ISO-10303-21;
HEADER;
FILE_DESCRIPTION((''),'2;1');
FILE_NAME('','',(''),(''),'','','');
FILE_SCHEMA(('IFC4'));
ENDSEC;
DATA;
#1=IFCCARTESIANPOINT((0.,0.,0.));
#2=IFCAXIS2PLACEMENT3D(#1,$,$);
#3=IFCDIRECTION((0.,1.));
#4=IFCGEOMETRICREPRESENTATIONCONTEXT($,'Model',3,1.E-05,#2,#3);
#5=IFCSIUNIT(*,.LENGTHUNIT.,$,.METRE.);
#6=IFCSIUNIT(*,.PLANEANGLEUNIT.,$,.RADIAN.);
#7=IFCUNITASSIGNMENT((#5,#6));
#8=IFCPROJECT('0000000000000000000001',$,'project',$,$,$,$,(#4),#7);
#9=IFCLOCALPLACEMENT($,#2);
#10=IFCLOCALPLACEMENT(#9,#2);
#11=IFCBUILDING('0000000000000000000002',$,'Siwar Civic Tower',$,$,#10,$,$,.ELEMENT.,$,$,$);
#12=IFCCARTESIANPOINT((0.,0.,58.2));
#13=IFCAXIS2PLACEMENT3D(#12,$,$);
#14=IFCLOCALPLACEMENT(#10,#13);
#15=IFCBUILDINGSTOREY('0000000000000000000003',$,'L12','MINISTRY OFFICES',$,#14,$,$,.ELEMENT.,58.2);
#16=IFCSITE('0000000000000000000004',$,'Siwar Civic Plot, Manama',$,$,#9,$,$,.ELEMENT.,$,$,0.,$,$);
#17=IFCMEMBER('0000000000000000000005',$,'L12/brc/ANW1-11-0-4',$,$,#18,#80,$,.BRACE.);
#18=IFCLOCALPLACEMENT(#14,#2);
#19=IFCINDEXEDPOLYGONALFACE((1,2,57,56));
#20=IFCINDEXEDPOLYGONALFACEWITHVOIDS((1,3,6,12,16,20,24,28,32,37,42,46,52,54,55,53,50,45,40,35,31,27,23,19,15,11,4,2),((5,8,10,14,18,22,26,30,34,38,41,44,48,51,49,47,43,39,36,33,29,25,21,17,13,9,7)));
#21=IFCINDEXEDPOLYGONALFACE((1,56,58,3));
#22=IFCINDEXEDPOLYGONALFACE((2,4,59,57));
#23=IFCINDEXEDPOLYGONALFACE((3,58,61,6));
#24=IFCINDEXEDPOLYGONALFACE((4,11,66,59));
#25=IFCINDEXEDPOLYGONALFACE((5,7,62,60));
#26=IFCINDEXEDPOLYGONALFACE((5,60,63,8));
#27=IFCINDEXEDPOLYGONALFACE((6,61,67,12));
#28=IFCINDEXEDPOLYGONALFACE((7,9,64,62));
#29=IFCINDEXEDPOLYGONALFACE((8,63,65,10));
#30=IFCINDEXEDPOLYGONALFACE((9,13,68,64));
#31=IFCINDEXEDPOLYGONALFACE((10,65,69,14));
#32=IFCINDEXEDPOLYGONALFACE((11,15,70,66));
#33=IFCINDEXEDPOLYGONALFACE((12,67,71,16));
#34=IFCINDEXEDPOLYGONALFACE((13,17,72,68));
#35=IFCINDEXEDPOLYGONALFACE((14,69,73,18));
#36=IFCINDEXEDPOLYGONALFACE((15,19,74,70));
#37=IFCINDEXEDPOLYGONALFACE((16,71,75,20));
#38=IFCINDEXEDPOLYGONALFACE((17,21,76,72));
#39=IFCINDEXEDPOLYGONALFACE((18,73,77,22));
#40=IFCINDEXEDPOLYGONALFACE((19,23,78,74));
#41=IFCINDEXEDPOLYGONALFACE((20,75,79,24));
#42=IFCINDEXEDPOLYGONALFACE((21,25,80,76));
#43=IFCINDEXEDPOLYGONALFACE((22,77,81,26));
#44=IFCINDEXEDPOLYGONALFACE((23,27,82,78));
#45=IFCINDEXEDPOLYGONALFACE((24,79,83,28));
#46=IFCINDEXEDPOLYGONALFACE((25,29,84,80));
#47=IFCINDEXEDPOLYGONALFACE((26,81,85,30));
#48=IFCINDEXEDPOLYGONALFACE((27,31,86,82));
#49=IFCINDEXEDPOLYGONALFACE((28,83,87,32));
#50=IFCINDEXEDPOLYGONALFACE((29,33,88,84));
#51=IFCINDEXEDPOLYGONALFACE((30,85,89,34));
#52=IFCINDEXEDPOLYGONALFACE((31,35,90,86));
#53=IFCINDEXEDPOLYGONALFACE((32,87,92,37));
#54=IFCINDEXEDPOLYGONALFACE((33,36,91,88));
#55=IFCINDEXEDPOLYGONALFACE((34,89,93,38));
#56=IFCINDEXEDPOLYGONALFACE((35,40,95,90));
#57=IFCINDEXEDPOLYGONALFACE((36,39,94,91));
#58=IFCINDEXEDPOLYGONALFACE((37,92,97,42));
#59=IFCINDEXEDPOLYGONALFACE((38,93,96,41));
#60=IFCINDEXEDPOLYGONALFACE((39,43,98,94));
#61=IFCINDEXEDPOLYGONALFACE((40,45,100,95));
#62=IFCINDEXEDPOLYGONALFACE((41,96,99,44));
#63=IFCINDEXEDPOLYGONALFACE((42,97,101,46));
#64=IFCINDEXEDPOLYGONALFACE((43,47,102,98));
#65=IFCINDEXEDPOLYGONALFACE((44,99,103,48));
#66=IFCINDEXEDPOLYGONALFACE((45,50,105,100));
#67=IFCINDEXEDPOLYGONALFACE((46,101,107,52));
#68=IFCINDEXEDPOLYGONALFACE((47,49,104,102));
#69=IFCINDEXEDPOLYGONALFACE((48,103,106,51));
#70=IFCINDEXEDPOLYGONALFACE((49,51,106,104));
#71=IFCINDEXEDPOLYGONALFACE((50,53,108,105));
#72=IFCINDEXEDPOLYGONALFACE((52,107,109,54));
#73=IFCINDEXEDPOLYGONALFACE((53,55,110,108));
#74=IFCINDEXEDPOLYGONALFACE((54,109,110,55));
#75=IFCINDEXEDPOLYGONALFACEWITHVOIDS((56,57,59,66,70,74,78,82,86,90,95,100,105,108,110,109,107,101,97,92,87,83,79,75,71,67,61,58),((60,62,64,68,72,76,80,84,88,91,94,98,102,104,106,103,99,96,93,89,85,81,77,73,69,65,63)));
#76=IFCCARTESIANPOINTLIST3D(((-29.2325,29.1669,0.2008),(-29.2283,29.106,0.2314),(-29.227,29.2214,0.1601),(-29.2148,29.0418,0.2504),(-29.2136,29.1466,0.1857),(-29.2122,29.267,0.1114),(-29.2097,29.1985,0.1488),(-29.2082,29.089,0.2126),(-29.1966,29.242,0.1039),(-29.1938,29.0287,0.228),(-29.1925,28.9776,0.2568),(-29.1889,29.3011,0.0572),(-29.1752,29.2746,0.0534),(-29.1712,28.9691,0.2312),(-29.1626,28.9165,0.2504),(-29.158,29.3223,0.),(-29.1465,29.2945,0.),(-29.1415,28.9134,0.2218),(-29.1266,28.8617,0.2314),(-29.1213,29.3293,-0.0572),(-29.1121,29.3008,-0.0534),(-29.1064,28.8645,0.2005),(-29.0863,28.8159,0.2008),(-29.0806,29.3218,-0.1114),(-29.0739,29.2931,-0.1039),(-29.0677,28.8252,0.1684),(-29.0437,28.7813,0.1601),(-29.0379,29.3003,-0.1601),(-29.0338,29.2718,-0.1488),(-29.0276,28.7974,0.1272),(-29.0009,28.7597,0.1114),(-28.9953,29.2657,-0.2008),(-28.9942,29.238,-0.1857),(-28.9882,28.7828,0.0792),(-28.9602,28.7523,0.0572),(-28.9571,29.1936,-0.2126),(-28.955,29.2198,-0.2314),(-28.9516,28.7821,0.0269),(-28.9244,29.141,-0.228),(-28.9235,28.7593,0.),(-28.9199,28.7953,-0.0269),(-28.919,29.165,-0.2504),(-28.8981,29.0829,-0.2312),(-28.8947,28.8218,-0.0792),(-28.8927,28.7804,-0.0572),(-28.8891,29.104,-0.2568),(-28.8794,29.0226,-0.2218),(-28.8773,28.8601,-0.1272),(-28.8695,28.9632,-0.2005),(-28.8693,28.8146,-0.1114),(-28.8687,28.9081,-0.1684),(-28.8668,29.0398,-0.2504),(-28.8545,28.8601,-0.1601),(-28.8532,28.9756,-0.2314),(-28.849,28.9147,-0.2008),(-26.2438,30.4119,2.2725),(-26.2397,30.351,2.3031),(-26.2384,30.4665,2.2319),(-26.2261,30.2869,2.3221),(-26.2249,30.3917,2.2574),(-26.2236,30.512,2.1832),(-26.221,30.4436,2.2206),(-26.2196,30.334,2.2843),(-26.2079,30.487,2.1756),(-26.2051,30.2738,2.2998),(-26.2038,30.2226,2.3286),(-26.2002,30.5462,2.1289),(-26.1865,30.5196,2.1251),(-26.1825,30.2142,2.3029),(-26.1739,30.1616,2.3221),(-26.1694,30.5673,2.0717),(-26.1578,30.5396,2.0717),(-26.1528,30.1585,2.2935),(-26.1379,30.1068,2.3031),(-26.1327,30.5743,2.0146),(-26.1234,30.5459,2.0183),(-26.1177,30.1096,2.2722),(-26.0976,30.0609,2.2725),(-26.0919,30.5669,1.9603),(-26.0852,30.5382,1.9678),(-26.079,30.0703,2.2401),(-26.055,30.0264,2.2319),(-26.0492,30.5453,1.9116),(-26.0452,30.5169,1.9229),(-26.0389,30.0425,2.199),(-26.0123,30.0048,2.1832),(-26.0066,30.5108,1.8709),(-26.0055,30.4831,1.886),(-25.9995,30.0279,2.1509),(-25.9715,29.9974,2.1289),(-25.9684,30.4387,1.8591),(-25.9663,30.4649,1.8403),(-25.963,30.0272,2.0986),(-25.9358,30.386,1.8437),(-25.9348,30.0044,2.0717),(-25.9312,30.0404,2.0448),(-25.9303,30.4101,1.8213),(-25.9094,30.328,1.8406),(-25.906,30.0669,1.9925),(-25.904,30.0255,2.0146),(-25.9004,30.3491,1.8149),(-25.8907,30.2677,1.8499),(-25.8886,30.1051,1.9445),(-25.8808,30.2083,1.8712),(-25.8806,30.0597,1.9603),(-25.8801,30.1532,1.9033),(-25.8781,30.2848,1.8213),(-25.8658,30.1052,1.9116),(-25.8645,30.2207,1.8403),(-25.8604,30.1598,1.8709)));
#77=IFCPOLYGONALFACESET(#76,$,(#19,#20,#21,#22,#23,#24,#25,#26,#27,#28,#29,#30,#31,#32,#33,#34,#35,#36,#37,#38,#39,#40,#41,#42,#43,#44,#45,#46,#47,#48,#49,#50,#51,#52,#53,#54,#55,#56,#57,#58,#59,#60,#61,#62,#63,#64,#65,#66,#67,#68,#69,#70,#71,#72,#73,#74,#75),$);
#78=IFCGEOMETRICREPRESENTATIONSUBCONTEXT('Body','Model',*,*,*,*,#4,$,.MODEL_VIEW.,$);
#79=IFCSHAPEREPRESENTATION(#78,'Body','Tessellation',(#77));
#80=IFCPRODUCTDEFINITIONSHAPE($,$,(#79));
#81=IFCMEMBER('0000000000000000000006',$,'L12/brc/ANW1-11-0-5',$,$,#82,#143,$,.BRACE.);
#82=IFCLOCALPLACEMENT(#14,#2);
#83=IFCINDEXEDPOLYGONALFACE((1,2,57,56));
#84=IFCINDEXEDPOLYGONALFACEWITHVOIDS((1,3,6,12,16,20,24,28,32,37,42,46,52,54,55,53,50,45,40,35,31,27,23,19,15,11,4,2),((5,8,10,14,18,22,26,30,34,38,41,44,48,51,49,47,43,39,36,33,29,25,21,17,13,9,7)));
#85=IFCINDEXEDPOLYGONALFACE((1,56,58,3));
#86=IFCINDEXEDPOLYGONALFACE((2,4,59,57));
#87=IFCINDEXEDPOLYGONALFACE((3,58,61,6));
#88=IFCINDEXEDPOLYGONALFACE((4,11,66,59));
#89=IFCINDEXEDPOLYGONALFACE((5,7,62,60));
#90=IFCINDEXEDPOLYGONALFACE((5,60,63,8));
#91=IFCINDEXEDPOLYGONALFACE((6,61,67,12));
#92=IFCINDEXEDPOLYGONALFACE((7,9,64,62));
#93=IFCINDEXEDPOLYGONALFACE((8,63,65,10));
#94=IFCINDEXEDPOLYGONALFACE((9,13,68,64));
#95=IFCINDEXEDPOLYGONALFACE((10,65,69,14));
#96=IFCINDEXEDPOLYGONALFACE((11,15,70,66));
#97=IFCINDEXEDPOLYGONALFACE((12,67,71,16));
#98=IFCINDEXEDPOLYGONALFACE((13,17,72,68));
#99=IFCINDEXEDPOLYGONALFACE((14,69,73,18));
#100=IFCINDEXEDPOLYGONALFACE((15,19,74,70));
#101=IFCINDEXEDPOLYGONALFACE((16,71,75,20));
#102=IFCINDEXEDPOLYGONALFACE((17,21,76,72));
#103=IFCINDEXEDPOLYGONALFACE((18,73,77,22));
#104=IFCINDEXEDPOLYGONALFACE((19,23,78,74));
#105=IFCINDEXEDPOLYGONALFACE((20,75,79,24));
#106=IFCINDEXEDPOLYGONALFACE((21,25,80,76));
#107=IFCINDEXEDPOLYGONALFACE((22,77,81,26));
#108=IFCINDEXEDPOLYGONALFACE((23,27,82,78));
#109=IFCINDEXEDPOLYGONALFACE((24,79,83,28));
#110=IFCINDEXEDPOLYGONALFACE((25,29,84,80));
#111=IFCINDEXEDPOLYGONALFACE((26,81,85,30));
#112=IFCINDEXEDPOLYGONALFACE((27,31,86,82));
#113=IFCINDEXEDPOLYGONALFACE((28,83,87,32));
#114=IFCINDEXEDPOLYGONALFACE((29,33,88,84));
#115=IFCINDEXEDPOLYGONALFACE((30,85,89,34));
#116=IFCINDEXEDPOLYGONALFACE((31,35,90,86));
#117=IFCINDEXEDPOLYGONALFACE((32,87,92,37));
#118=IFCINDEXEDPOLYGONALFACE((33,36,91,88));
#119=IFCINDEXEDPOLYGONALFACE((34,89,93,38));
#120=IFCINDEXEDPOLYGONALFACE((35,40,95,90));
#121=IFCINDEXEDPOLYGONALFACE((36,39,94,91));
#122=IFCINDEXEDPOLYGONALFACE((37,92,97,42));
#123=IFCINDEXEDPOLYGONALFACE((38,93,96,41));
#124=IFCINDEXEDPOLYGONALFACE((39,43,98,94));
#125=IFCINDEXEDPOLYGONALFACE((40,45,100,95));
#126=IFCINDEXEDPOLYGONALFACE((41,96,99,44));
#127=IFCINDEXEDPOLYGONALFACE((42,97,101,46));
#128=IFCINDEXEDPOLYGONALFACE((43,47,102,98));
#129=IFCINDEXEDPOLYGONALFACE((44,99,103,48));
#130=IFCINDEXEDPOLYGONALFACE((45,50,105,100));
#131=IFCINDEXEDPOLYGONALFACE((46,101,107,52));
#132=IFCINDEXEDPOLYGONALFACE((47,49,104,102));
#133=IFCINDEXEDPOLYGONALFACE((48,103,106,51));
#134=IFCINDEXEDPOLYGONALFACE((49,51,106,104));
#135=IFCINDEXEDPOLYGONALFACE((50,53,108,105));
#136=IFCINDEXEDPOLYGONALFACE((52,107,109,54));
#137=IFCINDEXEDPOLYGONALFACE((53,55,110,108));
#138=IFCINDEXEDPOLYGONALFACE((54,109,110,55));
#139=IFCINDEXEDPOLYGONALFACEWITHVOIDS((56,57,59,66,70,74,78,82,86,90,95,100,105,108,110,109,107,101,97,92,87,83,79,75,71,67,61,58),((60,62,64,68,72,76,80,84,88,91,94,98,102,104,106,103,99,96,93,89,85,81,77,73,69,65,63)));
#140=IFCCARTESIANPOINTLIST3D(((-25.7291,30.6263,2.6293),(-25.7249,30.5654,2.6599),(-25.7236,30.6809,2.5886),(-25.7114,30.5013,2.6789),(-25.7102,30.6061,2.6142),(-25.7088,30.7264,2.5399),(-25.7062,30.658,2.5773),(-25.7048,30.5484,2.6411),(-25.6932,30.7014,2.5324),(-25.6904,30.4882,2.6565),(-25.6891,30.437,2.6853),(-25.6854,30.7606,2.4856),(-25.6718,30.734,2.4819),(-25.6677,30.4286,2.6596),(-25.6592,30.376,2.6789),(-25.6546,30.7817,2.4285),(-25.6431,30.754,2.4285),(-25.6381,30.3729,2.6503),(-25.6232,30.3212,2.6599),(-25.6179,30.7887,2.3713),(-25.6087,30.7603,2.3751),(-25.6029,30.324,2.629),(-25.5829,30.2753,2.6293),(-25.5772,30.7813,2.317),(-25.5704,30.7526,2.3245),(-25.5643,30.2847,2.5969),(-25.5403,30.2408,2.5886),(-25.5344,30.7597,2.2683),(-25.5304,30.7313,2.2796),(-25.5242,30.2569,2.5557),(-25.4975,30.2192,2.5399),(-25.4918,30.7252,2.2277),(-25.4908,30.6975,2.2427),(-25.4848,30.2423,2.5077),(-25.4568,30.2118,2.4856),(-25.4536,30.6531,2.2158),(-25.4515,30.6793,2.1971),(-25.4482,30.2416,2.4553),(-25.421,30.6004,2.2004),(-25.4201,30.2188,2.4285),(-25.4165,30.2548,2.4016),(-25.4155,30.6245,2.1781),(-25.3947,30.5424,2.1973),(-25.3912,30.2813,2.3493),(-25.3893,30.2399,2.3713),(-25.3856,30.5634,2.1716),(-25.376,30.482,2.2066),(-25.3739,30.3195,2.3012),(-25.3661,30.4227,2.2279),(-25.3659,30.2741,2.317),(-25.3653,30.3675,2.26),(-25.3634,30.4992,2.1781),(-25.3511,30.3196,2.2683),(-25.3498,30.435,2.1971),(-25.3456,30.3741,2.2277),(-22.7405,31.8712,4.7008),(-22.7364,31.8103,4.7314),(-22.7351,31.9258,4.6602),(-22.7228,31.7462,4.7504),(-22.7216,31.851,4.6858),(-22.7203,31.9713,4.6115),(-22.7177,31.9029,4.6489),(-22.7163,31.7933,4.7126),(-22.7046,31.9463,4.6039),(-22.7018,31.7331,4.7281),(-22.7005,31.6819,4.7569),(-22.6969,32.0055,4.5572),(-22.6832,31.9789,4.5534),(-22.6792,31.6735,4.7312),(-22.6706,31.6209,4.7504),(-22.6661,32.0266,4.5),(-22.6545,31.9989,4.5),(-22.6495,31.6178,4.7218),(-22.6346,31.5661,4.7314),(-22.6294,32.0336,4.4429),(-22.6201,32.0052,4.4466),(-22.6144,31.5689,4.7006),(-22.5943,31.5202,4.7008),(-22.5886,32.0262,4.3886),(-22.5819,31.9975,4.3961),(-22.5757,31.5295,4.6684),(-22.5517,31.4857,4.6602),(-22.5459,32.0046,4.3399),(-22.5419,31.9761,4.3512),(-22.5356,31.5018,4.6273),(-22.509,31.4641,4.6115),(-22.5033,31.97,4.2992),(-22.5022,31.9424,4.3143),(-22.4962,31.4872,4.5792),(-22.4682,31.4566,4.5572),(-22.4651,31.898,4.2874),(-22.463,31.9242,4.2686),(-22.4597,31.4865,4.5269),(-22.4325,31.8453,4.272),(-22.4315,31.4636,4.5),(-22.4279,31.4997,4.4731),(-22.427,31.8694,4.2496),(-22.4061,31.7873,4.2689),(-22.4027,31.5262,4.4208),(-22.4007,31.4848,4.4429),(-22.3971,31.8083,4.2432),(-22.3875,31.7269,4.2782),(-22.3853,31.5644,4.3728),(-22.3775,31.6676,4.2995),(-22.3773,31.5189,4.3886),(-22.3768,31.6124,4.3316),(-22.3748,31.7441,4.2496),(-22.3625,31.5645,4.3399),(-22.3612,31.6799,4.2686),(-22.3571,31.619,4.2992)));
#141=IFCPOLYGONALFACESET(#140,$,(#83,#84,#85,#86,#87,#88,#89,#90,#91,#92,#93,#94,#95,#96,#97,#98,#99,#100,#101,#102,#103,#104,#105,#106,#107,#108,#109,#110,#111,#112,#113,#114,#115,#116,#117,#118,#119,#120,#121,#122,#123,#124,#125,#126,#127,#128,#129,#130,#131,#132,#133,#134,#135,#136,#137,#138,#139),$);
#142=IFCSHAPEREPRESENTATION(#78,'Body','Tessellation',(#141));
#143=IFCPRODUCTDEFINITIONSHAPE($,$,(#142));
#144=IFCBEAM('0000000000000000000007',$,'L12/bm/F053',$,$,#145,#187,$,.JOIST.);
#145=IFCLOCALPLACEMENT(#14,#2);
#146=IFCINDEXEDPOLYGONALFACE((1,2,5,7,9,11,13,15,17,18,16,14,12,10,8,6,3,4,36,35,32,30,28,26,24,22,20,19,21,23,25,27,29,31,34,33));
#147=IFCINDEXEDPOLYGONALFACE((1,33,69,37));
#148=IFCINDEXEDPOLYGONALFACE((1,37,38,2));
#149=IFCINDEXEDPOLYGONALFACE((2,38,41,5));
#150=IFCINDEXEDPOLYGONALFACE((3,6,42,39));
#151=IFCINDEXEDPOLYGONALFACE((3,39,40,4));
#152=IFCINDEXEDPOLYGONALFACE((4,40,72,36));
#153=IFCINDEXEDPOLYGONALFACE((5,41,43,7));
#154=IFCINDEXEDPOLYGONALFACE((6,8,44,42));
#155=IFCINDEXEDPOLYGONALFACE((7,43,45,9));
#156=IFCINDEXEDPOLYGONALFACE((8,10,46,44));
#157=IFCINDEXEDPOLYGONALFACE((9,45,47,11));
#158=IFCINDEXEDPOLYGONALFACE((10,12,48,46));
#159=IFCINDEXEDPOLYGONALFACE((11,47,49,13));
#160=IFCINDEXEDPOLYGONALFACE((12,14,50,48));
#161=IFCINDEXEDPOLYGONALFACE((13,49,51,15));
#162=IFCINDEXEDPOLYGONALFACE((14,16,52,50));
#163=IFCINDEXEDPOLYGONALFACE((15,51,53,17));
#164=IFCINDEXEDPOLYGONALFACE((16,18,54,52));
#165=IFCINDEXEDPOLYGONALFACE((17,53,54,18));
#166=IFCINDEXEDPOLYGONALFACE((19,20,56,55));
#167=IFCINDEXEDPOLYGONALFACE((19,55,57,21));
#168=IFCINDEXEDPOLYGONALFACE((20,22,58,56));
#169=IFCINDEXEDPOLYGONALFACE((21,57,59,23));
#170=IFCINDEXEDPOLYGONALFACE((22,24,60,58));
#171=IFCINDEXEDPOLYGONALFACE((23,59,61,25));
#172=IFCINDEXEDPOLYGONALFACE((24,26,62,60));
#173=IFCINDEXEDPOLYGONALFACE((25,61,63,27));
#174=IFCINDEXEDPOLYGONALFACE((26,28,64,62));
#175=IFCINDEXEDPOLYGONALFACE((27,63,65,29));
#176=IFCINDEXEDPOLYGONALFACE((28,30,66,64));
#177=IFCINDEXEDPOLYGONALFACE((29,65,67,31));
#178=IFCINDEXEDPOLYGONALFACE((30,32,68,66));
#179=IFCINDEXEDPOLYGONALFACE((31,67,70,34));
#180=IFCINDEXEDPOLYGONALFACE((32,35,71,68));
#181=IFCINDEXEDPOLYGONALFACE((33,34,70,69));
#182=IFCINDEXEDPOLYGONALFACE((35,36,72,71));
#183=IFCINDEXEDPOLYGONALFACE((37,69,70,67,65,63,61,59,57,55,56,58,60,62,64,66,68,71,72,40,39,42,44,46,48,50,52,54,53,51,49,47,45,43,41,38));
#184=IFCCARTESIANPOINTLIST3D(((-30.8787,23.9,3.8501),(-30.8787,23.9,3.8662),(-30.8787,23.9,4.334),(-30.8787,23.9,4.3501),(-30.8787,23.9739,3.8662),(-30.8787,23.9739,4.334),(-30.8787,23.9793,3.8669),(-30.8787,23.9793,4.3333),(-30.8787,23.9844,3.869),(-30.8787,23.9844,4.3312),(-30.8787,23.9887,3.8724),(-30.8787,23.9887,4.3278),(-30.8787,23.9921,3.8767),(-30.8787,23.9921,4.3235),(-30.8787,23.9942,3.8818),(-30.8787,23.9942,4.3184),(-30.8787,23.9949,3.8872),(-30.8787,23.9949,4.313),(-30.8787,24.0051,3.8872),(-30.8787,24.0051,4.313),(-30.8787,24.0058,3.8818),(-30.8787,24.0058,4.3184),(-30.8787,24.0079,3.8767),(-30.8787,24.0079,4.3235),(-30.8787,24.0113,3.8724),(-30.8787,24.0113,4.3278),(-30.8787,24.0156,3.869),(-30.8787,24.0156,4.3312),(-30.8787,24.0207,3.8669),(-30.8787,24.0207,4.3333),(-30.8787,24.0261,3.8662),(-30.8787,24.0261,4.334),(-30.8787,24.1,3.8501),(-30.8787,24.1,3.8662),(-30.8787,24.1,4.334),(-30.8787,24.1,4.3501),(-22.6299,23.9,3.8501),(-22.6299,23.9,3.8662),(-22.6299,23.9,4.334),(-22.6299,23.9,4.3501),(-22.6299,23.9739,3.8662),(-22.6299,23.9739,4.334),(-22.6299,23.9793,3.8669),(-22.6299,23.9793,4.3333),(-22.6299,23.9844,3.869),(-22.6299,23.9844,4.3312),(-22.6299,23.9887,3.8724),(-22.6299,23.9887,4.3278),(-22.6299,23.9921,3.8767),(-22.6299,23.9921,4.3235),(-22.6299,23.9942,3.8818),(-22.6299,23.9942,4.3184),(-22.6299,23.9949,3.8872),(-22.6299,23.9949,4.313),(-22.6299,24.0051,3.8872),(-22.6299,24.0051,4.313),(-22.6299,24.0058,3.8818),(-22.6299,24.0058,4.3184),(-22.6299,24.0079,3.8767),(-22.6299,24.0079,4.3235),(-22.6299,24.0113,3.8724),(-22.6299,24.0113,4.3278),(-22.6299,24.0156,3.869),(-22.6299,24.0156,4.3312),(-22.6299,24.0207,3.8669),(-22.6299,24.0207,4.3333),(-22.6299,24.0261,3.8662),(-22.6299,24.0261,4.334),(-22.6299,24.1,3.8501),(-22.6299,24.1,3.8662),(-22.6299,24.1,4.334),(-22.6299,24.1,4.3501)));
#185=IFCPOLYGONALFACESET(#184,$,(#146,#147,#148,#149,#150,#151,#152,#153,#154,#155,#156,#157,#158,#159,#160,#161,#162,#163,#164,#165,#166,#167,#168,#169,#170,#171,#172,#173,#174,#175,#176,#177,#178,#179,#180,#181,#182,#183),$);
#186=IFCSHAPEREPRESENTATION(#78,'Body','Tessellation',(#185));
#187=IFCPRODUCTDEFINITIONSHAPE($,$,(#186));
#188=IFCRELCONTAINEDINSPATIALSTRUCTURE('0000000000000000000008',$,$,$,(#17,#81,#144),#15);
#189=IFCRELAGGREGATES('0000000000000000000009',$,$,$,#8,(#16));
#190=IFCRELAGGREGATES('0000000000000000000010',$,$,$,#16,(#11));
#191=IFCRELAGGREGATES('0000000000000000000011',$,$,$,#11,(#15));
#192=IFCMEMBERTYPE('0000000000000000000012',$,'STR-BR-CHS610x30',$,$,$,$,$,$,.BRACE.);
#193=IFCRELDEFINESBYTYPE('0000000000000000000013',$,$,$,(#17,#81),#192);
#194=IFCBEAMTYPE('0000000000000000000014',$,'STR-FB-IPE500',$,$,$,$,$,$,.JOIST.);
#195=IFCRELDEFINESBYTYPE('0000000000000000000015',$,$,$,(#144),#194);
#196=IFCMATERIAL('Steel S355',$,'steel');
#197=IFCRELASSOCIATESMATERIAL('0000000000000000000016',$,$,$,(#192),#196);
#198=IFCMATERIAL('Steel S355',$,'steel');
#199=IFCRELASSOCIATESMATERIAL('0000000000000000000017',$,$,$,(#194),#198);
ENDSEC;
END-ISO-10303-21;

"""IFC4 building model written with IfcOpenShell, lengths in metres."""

from ifc_helpers import new_model, si_unit, direction, frame, origin, origin_2d, place, context, subcontext, project, spatial, hollow_circle, i_section, extrude, material, material_profile, profile_set, type_object, element, save


model = new_model("IFC4")

# Units and contexts
model_context = context("Model", 3, precision=1e-05, world=origin(), true_north=direction((0.0, 1.0)))
body_context = subcontext(model_context, "Body", "Model", "MODEL_VIEW")
ifc_project = project(units=[si_unit("LENGTHUNIT", "METRE"), si_unit("PLANEANGLEUNIT", "RADIAN")], contexts=[model_context])

# Site, building, storey
site_placement = place(None, origin())
site = spatial("IfcSite", under=ifc_project, at=site_placement, Name="Siwar Civic Plot, Manama", CompositionType="ELEMENT", RefElevation=0.0)
building_placement = place(site_placement, origin())
building = spatial("IfcBuilding", under=site, at=building_placement, Name="Siwar Civic Tower", CompositionType="ELEMENT")
storey_placement = place(building_placement, frame((0.0, 0.0, 58.2)))
storey = spatial("IfcBuildingStorey", under=building, at=storey_placement, Name="L12", Description="MINISTRY OFFICES", CompositionType="ELEMENT", Elevation=58.2)

# Members
ifc_material_1 = material(Name="Steel S355", Category="steel")
ifc_material_profile_1 = material_profile(ifc_material_1, hollow_circle(Radius=0.3049, WallThickness=0.03, at=origin_2d()), Name="CHS610x30")
ifc_profile_set_1 = profile_set([ifc_material_profile_1], Name="Steel S355")
member_type_1 = type_object("IfcMemberType", Name="STR-BR-CHS610x30", PredefinedType="BRACE", material=ifc_profile_set_1)
member_1_placement = place(storey_placement, frame((-29.0408, 29.0408, 0.0), z_axis=(0.777542, 0.323923, 0.538982), x_axis=(-0.384562, 0.923099, 0.0)))
element("IfcMember", 1, at=member_1_placement, inside=storey, type_object=member_type_1, Name="L12/brc/ANW1-11-0-4", PredefinedType="BRACE", context=body_context, shape_type="SweptSolid", body=[
    extrude(hollow_circle(Radius=0.3049, WallThickness=0.03, at=origin_2d()), origin(), (0.0, 0.0, 1.0), 3.8438),
])
member_2_placement = place(storey_placement, frame((-25.5374, 30.5002, 2.4285), z_axis=(0.77756, 0.323893, 0.538975), x_axis=(-0.384524, 0.923115, 0.0)))
element("IfcMember", 2, at=member_2_placement, inside=storey, type_object=member_type_1, Name="L12/brc/ANW1-11-0-5", PredefinedType="BRACE", context=body_context, shape_type="SweptSolid", body=[
    extrude(hollow_circle(Radius=0.3049, WallThickness=0.03, at=origin_2d()), origin(), (0.0, 0.0, 1.0), 3.8435),
])

# Beam
ifc_material_2 = material(Name="Steel S355", Category="steel")
ifc_material_profile_2 = material_profile(ifc_material_2, i_section(OverallWidth=0.2, OverallDepth=0.5, WebThickness=0.0103, FlangeThickness=0.0161, FilletRadius=0.021, at=origin_2d()), Name="IPE500")
ifc_profile_set_2 = profile_set([ifc_material_profile_2], Name="Steel S355")
beam_type_1 = type_object("IfcBeamType", Name="STR-FB-IPE500", PredefinedType="JOIST", material=ifc_profile_set_2)
beam_1_placement = place(storey_placement, frame((-30.8787, 24.0, 4.1001), z_axis=(1.0, 0.0, 0.0), x_axis=(0.0, 1.0, 0.0)))
element("IfcBeam", 3, at=beam_1_placement, inside=storey, type_object=beam_type_1, Name="L12/bm/F053", PredefinedType="JOIST", context=body_context, shape_type="SweptSolid", body=[
    extrude(i_section(OverallWidth=0.2, OverallDepth=0.5, WebThickness=0.0103, FlangeThickness=0.0161, FilletRadius=0.021, at=origin_2d()), origin(), (0.0, 0.0, 1.0), 8.2488),
])

save(model, "model.ifc")
